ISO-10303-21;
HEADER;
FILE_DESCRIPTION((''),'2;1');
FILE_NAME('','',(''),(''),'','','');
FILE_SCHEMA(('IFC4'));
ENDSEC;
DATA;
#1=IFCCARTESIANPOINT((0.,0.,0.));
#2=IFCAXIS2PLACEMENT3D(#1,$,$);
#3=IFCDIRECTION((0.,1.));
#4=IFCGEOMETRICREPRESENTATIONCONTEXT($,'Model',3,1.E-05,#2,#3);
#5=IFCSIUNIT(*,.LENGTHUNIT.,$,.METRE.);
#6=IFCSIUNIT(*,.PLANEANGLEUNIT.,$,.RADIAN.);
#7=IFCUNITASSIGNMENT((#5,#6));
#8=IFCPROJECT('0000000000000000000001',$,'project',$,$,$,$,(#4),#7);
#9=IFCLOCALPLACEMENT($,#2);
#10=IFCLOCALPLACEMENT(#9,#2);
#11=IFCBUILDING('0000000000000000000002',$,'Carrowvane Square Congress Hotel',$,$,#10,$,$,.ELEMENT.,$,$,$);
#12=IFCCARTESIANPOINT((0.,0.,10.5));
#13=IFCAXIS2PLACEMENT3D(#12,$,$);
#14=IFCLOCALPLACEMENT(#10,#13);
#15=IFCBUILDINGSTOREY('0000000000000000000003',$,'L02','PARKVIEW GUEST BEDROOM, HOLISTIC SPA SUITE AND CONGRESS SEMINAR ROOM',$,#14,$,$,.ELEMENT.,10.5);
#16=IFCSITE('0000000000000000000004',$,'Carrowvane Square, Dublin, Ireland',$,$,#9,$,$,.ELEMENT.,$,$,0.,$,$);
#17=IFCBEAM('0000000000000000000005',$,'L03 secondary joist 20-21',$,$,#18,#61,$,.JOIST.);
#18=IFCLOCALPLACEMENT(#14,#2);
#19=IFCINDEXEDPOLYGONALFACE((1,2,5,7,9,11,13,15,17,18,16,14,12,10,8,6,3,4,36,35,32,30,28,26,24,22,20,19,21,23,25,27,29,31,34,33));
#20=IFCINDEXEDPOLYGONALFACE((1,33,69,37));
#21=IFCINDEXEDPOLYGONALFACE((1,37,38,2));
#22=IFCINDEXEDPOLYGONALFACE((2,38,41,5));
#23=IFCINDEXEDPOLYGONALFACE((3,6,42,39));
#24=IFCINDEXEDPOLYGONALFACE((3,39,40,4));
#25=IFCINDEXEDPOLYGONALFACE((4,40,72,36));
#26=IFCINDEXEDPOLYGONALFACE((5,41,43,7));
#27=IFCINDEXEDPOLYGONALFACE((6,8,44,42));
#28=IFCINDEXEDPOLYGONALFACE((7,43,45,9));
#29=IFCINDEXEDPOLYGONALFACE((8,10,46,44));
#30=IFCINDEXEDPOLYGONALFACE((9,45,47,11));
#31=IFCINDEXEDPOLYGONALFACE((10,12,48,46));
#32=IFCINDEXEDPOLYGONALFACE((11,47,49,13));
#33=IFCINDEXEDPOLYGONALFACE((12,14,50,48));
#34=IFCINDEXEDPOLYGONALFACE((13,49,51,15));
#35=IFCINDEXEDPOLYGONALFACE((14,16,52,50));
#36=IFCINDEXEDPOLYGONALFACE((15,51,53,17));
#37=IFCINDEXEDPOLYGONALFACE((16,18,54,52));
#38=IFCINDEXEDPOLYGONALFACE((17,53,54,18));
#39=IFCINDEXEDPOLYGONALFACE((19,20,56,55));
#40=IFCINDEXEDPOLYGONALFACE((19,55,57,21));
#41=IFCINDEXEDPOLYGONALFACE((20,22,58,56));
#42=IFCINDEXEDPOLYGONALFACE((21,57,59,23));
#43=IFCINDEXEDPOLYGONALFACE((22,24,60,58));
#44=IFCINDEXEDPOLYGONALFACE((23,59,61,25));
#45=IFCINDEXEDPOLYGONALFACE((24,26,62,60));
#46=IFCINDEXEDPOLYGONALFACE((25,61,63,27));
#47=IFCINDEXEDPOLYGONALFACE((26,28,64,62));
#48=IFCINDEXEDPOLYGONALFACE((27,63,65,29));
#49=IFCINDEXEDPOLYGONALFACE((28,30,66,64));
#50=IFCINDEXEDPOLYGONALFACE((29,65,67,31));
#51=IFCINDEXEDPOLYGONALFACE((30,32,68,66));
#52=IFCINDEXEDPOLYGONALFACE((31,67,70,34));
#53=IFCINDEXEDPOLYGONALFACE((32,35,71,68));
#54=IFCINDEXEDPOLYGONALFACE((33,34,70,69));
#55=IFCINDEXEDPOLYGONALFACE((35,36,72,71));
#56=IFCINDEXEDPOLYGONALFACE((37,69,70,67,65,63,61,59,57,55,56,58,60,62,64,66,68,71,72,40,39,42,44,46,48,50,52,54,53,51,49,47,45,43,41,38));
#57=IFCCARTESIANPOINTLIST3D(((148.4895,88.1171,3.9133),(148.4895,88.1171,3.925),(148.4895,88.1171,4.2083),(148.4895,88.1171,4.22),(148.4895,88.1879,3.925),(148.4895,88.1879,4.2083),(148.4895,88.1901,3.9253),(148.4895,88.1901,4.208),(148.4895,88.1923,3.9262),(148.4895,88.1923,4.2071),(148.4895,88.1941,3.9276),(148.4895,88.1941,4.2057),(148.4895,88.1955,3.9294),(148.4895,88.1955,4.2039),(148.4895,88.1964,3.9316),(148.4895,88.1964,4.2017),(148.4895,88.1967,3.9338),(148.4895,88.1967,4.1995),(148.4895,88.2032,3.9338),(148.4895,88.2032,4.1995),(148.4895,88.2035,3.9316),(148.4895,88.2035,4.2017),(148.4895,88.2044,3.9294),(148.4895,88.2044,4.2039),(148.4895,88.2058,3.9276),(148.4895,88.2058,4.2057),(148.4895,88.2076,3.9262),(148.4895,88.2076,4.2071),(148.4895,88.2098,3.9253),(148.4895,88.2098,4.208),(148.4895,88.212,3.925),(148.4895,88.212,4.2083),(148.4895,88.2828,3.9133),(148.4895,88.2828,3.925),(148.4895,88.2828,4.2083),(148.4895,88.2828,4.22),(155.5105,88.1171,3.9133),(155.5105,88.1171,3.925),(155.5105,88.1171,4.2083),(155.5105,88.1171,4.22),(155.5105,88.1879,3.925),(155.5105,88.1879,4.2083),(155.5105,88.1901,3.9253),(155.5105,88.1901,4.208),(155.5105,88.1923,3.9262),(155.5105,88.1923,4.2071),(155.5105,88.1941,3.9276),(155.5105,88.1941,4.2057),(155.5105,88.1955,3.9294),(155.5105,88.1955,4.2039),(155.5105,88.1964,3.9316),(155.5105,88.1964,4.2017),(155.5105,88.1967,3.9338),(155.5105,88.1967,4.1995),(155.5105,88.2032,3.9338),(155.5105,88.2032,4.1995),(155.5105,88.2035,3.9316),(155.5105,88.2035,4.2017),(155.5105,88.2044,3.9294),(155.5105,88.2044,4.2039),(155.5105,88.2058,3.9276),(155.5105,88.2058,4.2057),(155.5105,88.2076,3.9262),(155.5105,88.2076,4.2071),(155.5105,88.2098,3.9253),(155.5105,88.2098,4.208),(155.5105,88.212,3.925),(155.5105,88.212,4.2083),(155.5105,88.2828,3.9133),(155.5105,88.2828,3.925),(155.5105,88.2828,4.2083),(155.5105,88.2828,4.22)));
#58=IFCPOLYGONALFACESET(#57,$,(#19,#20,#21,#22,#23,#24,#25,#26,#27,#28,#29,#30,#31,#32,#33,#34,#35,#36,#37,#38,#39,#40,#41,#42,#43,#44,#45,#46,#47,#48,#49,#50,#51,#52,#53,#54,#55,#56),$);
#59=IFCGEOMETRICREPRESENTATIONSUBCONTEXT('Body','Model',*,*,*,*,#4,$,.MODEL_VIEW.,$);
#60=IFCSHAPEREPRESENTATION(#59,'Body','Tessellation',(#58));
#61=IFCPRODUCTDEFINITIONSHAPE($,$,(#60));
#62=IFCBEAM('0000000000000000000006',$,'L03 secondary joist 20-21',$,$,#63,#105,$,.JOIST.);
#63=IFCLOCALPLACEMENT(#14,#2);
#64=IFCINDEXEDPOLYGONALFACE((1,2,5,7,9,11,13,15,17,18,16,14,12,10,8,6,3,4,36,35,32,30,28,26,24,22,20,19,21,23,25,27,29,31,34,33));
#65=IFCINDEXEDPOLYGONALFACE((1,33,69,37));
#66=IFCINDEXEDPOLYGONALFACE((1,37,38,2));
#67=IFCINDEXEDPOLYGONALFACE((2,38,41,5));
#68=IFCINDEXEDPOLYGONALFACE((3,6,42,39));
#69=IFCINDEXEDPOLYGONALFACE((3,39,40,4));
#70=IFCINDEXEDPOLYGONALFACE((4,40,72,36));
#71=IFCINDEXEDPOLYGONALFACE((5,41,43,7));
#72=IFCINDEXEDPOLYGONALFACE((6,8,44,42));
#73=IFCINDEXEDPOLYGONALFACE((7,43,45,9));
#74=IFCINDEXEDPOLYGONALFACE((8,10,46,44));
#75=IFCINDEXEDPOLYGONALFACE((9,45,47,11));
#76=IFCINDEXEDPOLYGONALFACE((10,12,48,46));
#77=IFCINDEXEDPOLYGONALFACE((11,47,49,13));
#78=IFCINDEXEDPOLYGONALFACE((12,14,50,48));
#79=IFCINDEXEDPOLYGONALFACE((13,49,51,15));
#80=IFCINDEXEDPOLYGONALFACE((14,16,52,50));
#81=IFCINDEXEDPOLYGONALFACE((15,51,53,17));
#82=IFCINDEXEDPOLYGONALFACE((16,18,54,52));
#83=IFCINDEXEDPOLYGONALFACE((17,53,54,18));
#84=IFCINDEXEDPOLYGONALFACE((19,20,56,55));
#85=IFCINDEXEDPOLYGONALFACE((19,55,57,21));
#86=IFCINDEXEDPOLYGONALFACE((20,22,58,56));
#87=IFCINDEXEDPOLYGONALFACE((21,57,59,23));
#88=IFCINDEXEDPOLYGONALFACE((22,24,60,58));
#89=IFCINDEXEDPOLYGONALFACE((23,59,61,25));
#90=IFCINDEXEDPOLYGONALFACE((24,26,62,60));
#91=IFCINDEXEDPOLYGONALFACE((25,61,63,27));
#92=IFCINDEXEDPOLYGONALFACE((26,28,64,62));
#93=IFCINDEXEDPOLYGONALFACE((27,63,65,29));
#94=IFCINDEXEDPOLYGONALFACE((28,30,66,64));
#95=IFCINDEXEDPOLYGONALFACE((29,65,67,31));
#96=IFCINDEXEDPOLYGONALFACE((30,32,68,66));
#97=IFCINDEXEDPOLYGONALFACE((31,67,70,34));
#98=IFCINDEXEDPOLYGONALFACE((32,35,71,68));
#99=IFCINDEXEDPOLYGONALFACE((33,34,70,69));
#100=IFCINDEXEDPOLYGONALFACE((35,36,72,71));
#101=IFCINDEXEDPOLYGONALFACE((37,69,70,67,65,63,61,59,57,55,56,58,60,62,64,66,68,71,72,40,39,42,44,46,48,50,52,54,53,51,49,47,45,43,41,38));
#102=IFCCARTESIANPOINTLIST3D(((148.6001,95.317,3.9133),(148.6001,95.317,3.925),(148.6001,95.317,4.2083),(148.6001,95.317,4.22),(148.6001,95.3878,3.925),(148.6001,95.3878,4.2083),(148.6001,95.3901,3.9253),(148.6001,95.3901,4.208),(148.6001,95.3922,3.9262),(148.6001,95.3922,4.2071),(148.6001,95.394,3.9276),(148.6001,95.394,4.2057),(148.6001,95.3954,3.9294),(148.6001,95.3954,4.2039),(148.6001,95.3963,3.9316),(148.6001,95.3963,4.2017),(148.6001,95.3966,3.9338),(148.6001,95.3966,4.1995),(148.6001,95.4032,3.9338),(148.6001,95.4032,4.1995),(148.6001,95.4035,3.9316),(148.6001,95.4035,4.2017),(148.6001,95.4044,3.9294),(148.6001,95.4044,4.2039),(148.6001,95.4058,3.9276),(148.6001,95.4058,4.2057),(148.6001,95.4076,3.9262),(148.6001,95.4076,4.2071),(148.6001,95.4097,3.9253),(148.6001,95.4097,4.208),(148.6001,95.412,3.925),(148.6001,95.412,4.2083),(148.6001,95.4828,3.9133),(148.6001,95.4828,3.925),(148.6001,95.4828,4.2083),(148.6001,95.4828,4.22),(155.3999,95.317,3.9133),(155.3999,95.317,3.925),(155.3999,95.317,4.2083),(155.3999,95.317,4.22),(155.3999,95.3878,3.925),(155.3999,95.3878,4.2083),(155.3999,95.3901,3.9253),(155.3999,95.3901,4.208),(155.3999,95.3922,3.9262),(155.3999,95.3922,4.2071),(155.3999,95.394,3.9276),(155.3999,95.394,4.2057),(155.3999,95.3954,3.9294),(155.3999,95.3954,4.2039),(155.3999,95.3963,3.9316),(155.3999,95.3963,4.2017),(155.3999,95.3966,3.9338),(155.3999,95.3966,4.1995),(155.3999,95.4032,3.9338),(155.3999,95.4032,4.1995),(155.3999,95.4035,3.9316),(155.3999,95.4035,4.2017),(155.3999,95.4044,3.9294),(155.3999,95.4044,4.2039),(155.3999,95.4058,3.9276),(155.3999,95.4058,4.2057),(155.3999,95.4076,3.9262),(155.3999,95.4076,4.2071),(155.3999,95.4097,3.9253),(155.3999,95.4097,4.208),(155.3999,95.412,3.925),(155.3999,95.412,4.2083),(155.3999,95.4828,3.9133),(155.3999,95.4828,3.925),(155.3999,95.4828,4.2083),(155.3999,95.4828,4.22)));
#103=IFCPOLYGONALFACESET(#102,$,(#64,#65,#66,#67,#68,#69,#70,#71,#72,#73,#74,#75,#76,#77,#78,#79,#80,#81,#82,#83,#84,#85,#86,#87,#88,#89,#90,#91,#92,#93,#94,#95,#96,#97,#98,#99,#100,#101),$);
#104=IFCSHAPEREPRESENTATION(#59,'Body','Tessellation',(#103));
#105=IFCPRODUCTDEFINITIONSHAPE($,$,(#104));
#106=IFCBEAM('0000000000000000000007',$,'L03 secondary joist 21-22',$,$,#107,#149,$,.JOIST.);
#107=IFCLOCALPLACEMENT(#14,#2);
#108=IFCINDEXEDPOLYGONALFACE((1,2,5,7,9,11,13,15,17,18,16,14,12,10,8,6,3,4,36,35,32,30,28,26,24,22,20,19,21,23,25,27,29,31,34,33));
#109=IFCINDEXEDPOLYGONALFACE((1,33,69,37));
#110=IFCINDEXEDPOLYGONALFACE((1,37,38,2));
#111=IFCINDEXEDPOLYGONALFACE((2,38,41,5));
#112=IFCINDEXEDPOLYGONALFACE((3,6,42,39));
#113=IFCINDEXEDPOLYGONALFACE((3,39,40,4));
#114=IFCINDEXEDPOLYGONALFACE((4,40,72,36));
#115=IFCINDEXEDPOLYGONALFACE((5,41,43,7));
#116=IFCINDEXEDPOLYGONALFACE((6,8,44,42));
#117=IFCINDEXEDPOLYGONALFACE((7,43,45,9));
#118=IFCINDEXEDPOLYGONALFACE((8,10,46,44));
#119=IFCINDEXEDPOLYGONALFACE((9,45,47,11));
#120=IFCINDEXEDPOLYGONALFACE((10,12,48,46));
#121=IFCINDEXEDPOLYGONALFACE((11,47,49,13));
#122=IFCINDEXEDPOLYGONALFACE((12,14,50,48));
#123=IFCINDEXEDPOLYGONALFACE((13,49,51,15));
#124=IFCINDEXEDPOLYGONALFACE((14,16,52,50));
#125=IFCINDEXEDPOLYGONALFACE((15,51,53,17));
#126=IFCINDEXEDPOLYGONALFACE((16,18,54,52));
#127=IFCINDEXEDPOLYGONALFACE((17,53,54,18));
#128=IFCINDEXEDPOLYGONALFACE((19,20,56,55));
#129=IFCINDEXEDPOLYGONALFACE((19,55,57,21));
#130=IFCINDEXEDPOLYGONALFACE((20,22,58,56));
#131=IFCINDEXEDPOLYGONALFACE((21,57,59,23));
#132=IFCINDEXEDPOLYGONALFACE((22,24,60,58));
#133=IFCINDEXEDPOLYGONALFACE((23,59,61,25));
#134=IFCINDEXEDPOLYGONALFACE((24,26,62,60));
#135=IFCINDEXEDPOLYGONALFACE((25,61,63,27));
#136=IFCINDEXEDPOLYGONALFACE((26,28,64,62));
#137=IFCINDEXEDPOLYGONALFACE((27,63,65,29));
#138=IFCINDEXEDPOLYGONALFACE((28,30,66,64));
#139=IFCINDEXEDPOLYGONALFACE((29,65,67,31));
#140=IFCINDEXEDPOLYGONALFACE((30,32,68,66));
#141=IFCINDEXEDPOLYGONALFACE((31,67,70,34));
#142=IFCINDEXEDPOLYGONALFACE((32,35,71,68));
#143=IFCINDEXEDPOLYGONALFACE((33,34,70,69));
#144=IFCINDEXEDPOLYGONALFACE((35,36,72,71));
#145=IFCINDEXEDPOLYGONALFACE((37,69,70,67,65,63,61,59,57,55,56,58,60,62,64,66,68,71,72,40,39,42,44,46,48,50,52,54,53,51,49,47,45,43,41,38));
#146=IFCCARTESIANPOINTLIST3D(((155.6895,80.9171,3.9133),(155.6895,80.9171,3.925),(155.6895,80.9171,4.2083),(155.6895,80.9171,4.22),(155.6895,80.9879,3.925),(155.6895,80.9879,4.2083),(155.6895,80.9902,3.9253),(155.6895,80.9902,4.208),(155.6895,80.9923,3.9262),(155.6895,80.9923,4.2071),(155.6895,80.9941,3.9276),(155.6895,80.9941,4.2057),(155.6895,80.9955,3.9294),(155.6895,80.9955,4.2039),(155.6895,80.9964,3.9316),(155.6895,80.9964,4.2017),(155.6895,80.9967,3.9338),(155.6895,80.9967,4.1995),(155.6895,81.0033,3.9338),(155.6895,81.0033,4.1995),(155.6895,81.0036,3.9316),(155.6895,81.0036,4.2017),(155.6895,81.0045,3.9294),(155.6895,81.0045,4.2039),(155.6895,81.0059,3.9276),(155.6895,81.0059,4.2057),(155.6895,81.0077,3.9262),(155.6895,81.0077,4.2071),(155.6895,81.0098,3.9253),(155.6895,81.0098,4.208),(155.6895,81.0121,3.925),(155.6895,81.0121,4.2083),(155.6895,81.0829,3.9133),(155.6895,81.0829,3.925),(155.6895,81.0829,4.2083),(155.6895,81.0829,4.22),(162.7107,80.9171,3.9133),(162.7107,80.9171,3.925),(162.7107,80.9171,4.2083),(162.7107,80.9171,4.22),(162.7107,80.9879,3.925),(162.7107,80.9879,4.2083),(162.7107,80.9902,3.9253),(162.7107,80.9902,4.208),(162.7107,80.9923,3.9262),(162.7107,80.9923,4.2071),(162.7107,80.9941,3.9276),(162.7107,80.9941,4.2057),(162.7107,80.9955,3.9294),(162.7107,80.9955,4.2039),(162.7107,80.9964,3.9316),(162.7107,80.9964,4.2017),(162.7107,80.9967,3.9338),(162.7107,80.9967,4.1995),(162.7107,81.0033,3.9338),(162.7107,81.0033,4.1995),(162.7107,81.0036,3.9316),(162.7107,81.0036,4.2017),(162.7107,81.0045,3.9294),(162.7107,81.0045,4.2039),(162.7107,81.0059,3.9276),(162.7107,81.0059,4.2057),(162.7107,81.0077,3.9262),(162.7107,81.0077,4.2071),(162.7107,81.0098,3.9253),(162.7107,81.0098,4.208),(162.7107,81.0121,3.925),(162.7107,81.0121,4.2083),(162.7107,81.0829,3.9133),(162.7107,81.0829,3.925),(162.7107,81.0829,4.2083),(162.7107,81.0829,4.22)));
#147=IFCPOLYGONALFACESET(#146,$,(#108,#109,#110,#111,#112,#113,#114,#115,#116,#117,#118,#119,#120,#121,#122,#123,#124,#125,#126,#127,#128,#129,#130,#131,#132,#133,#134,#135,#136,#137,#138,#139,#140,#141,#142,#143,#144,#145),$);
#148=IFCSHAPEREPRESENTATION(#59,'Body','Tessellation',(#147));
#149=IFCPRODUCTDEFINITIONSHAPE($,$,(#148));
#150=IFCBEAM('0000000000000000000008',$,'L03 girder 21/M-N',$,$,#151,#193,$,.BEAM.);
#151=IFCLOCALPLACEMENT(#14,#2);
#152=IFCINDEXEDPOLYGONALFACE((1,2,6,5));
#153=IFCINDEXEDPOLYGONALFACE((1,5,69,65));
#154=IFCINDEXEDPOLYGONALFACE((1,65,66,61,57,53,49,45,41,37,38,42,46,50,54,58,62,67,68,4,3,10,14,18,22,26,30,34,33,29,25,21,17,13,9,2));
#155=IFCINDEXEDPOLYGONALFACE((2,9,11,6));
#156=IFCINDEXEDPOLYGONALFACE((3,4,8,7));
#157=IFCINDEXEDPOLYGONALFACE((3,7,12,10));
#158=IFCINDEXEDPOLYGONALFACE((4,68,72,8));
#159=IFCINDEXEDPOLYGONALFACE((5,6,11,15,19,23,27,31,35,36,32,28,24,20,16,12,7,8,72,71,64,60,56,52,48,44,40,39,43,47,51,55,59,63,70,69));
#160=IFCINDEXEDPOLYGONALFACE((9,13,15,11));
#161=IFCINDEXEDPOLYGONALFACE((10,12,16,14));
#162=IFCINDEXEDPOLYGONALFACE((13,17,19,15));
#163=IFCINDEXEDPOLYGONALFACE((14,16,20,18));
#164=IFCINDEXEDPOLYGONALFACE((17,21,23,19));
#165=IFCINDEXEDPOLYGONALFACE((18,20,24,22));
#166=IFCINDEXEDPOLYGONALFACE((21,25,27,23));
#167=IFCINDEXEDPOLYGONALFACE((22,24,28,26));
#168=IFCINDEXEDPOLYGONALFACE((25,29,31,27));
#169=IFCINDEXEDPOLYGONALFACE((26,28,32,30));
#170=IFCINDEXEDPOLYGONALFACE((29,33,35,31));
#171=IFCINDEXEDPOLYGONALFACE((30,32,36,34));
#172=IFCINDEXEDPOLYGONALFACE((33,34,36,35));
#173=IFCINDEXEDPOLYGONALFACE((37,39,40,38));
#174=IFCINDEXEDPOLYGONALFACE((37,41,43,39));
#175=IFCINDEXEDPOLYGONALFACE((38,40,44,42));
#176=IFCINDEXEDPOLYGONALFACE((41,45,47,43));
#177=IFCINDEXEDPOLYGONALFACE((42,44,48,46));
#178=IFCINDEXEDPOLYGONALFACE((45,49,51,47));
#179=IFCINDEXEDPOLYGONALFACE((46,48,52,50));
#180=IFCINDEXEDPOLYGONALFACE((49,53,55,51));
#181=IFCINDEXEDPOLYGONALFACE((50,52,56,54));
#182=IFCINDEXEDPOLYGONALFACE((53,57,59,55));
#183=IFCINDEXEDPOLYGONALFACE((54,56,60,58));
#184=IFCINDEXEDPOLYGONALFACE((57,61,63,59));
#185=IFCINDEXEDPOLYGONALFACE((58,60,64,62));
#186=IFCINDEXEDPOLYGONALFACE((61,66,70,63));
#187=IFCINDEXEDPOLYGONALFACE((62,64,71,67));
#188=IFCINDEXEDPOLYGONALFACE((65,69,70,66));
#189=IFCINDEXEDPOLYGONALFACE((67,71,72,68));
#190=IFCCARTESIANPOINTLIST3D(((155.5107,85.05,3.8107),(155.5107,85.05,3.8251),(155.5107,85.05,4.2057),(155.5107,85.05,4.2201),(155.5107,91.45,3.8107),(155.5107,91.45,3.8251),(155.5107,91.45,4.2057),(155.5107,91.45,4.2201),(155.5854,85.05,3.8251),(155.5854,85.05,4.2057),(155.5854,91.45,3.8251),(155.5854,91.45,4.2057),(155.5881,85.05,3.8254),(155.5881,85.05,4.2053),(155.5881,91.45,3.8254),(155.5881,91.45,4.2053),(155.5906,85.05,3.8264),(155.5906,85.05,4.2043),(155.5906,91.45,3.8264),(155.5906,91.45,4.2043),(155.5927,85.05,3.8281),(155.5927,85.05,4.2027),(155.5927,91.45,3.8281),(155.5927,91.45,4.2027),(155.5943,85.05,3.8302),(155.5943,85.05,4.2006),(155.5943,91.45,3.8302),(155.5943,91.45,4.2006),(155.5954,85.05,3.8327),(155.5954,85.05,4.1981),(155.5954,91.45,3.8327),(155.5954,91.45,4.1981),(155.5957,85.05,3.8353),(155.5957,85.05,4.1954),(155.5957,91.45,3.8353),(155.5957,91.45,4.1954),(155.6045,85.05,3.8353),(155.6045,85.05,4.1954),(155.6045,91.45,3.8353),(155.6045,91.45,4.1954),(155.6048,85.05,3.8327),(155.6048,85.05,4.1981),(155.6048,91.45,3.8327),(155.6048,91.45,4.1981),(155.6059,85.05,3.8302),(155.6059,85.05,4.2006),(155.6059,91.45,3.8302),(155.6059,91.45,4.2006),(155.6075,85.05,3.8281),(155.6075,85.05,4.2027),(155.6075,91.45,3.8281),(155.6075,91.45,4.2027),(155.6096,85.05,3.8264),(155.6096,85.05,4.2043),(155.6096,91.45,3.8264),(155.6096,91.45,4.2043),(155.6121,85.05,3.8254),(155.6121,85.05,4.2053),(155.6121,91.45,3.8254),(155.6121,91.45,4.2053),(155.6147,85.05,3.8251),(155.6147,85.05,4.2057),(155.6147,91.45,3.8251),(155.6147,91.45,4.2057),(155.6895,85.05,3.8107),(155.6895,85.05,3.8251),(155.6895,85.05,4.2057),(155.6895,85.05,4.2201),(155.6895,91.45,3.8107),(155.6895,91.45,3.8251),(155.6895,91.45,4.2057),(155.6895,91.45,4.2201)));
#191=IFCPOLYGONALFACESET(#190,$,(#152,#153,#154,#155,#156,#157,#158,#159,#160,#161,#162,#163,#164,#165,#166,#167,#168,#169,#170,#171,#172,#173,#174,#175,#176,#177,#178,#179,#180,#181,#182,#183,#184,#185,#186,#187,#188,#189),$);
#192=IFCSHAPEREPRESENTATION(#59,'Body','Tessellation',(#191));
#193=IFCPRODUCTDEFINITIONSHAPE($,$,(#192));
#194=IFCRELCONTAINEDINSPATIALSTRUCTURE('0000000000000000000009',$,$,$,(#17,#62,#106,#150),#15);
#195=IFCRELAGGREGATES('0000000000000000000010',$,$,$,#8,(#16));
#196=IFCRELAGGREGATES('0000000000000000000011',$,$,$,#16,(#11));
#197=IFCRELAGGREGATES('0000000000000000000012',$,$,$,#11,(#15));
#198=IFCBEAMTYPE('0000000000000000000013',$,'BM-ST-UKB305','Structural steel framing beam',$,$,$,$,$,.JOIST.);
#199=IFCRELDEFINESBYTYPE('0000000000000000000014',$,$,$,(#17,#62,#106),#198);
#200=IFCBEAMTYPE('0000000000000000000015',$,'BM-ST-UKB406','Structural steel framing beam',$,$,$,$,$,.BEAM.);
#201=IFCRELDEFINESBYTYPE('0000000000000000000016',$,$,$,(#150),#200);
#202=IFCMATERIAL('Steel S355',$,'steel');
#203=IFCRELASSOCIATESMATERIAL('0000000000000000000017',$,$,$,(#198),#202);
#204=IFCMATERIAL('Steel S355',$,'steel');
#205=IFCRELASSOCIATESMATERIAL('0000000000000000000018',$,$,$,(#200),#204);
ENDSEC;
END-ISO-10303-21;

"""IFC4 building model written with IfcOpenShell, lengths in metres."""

from ifc_helpers import new_model, si_unit, direction, frame, origin, origin_2d, place, context, subcontext, project, spatial, i_section, extrude, material, material_profile, profile_set, type_object, element, save


model = new_model("IFC4")

# Units and contexts
model_context = context("Model", 3, precision=1e-05, world=origin(), true_north=direction((0.0, 1.0)))
body_context = subcontext(model_context, "Body", "Model", "MODEL_VIEW")
ifc_project = project(units=[si_unit("LENGTHUNIT", "METRE"), si_unit("PLANEANGLEUNIT", "RADIAN")], contexts=[model_context])

# Site, building, storey
site_placement = place(None, origin())
site = spatial("IfcSite", under=ifc_project, at=site_placement, Name="Carrowvane Square, Dublin, Ireland", CompositionType="ELEMENT", RefElevation=0.0)
building_placement = place(site_placement, origin())
building = spatial("IfcBuilding", under=site, at=building_placement, Name="Carrowvane Square Congress Hotel", CompositionType="ELEMENT")
storey_placement = place(building_placement, frame((0.0, 0.0, 10.5)))
storey = spatial("IfcBuildingStorey", under=building, at=storey_placement, Name="L02", Description="PARKVIEW GUEST BEDROOM, HOLISTIC SPA SUITE AND CONGRESS SEMINAR ROOM", CompositionType="ELEMENT", Elevation=10.5)

# Beams
ifc_material_1 = material(Name="Steel S355", Category="steel")
ifc_material_profile_1 = material_profile(ifc_material_1, i_section(OverallWidth=0.1658, OverallDepth=0.3066, WebThickness=0.0066, FlangeThickness=0.0117, FilletRadius=0.0088, at=origin_2d()), Name="UKB 305x165x46")
ifc_profile_set_1 = profile_set([ifc_material_profile_1], Name="Steel S355")
beam_type_1 = type_object("IfcBeamType", Name="BM-ST-UKB305", Description="Structural steel framing beam", PredefinedType="JOIST", material=ifc_profile_set_1)
for number, where, z_axis, x_axis, name in (
    (1, (148.4895, 88.2, 4.0667), (1.0, 0.0, 0.0), (0.0, 1.0, 0.0), "L03 secondary joist 20-21"),
):
    element("IfcBeam", number, at=place(storey_placement, frame(where, z_axis=z_axis, x_axis=x_axis)), inside=storey, type_object=beam_type_1, Name=name, PredefinedType="JOIST", context=body_context, shape_type="SweptSolid", body=[
        extrude(i_section(OverallWidth=0.1658, OverallDepth=0.3066, WebThickness=0.0066, FlangeThickness=0.0117, FilletRadius=0.0088, at=origin_2d()), origin(), (0.0, 0.0, 1.0), 7.021),
    ])
beam_1_placement = place(storey_placement, frame((148.6001, 95.3999, 4.0667), z_axis=(1.0, 0.0, 0.0), x_axis=(0.0, 1.0, 0.0)))
element("IfcBeam", 2, at=beam_1_placement, inside=storey, type_object=beam_type_1, Name="L03 secondary joist 20-21", PredefinedType="JOIST", context=body_context, shape_type="SweptSolid", body=[
    extrude(i_section(OverallWidth=0.1658, OverallDepth=0.3066, WebThickness=0.0066, FlangeThickness=0.0117, FilletRadius=0.0088, at=origin_2d()), origin(), (0.0, 0.0, 1.0), 6.7998),
])
beam_2_placement = place(storey_placement, frame((155.6895, 81.0, 4.0667), z_axis=(1.0, 0.0, 0.0), x_axis=(0.0, 1.0, 0.0)))
element("IfcBeam", 3, at=beam_2_placement, inside=storey, type_object=beam_type_1, Name="L03 secondary joist 21-22", PredefinedType="JOIST", context=body_context, shape_type="SweptSolid", body=[
    extrude(i_section(OverallWidth=0.1658, OverallDepth=0.3066, WebThickness=0.0066, FlangeThickness=0.0117, FilletRadius=0.0088, at=origin_2d()), origin(), (0.0, 0.0, 1.0), 7.0212),
])
ifc_material_2 = material(Name="Steel S355", Category="steel")
ifc_material_profile_2 = material_profile(ifc_material_2, i_section(OverallWidth=0.1787, OverallDepth=0.4094, WebThickness=0.0088, FlangeThickness=0.0144, FilletRadius=0.0103, at=origin_2d()), Name="UKB 406x178x67")
ifc_profile_set_2 = profile_set([ifc_material_profile_2], Name="Steel S355")
beam_type_2 = type_object("IfcBeamType", Name="BM-ST-UKB406", Description="Structural steel framing beam", PredefinedType="BEAM", material=ifc_profile_set_2)
beam_3_placement = place(storey_placement, frame((155.6001, 85.05, 4.0154), z_axis=(0.0, 1.0, 0.0), x_axis=(-1.0, 0.0, 0.0)))
element("IfcBeam", 4, at=beam_3_placement, inside=storey, type_object=beam_type_2, Name="L03 girder 21/M-N", PredefinedType="BEAM", context=body_context, shape_type="SweptSolid", body=[
    extrude(i_section(OverallWidth=0.1787, OverallDepth=0.4094, WebThickness=0.0088, FlangeThickness=0.0144, FilletRadius=0.0103, at=origin_2d()), origin(), (0.0, 0.0, 1.0), 6.3999),
])

save(model, "model.ifc")
